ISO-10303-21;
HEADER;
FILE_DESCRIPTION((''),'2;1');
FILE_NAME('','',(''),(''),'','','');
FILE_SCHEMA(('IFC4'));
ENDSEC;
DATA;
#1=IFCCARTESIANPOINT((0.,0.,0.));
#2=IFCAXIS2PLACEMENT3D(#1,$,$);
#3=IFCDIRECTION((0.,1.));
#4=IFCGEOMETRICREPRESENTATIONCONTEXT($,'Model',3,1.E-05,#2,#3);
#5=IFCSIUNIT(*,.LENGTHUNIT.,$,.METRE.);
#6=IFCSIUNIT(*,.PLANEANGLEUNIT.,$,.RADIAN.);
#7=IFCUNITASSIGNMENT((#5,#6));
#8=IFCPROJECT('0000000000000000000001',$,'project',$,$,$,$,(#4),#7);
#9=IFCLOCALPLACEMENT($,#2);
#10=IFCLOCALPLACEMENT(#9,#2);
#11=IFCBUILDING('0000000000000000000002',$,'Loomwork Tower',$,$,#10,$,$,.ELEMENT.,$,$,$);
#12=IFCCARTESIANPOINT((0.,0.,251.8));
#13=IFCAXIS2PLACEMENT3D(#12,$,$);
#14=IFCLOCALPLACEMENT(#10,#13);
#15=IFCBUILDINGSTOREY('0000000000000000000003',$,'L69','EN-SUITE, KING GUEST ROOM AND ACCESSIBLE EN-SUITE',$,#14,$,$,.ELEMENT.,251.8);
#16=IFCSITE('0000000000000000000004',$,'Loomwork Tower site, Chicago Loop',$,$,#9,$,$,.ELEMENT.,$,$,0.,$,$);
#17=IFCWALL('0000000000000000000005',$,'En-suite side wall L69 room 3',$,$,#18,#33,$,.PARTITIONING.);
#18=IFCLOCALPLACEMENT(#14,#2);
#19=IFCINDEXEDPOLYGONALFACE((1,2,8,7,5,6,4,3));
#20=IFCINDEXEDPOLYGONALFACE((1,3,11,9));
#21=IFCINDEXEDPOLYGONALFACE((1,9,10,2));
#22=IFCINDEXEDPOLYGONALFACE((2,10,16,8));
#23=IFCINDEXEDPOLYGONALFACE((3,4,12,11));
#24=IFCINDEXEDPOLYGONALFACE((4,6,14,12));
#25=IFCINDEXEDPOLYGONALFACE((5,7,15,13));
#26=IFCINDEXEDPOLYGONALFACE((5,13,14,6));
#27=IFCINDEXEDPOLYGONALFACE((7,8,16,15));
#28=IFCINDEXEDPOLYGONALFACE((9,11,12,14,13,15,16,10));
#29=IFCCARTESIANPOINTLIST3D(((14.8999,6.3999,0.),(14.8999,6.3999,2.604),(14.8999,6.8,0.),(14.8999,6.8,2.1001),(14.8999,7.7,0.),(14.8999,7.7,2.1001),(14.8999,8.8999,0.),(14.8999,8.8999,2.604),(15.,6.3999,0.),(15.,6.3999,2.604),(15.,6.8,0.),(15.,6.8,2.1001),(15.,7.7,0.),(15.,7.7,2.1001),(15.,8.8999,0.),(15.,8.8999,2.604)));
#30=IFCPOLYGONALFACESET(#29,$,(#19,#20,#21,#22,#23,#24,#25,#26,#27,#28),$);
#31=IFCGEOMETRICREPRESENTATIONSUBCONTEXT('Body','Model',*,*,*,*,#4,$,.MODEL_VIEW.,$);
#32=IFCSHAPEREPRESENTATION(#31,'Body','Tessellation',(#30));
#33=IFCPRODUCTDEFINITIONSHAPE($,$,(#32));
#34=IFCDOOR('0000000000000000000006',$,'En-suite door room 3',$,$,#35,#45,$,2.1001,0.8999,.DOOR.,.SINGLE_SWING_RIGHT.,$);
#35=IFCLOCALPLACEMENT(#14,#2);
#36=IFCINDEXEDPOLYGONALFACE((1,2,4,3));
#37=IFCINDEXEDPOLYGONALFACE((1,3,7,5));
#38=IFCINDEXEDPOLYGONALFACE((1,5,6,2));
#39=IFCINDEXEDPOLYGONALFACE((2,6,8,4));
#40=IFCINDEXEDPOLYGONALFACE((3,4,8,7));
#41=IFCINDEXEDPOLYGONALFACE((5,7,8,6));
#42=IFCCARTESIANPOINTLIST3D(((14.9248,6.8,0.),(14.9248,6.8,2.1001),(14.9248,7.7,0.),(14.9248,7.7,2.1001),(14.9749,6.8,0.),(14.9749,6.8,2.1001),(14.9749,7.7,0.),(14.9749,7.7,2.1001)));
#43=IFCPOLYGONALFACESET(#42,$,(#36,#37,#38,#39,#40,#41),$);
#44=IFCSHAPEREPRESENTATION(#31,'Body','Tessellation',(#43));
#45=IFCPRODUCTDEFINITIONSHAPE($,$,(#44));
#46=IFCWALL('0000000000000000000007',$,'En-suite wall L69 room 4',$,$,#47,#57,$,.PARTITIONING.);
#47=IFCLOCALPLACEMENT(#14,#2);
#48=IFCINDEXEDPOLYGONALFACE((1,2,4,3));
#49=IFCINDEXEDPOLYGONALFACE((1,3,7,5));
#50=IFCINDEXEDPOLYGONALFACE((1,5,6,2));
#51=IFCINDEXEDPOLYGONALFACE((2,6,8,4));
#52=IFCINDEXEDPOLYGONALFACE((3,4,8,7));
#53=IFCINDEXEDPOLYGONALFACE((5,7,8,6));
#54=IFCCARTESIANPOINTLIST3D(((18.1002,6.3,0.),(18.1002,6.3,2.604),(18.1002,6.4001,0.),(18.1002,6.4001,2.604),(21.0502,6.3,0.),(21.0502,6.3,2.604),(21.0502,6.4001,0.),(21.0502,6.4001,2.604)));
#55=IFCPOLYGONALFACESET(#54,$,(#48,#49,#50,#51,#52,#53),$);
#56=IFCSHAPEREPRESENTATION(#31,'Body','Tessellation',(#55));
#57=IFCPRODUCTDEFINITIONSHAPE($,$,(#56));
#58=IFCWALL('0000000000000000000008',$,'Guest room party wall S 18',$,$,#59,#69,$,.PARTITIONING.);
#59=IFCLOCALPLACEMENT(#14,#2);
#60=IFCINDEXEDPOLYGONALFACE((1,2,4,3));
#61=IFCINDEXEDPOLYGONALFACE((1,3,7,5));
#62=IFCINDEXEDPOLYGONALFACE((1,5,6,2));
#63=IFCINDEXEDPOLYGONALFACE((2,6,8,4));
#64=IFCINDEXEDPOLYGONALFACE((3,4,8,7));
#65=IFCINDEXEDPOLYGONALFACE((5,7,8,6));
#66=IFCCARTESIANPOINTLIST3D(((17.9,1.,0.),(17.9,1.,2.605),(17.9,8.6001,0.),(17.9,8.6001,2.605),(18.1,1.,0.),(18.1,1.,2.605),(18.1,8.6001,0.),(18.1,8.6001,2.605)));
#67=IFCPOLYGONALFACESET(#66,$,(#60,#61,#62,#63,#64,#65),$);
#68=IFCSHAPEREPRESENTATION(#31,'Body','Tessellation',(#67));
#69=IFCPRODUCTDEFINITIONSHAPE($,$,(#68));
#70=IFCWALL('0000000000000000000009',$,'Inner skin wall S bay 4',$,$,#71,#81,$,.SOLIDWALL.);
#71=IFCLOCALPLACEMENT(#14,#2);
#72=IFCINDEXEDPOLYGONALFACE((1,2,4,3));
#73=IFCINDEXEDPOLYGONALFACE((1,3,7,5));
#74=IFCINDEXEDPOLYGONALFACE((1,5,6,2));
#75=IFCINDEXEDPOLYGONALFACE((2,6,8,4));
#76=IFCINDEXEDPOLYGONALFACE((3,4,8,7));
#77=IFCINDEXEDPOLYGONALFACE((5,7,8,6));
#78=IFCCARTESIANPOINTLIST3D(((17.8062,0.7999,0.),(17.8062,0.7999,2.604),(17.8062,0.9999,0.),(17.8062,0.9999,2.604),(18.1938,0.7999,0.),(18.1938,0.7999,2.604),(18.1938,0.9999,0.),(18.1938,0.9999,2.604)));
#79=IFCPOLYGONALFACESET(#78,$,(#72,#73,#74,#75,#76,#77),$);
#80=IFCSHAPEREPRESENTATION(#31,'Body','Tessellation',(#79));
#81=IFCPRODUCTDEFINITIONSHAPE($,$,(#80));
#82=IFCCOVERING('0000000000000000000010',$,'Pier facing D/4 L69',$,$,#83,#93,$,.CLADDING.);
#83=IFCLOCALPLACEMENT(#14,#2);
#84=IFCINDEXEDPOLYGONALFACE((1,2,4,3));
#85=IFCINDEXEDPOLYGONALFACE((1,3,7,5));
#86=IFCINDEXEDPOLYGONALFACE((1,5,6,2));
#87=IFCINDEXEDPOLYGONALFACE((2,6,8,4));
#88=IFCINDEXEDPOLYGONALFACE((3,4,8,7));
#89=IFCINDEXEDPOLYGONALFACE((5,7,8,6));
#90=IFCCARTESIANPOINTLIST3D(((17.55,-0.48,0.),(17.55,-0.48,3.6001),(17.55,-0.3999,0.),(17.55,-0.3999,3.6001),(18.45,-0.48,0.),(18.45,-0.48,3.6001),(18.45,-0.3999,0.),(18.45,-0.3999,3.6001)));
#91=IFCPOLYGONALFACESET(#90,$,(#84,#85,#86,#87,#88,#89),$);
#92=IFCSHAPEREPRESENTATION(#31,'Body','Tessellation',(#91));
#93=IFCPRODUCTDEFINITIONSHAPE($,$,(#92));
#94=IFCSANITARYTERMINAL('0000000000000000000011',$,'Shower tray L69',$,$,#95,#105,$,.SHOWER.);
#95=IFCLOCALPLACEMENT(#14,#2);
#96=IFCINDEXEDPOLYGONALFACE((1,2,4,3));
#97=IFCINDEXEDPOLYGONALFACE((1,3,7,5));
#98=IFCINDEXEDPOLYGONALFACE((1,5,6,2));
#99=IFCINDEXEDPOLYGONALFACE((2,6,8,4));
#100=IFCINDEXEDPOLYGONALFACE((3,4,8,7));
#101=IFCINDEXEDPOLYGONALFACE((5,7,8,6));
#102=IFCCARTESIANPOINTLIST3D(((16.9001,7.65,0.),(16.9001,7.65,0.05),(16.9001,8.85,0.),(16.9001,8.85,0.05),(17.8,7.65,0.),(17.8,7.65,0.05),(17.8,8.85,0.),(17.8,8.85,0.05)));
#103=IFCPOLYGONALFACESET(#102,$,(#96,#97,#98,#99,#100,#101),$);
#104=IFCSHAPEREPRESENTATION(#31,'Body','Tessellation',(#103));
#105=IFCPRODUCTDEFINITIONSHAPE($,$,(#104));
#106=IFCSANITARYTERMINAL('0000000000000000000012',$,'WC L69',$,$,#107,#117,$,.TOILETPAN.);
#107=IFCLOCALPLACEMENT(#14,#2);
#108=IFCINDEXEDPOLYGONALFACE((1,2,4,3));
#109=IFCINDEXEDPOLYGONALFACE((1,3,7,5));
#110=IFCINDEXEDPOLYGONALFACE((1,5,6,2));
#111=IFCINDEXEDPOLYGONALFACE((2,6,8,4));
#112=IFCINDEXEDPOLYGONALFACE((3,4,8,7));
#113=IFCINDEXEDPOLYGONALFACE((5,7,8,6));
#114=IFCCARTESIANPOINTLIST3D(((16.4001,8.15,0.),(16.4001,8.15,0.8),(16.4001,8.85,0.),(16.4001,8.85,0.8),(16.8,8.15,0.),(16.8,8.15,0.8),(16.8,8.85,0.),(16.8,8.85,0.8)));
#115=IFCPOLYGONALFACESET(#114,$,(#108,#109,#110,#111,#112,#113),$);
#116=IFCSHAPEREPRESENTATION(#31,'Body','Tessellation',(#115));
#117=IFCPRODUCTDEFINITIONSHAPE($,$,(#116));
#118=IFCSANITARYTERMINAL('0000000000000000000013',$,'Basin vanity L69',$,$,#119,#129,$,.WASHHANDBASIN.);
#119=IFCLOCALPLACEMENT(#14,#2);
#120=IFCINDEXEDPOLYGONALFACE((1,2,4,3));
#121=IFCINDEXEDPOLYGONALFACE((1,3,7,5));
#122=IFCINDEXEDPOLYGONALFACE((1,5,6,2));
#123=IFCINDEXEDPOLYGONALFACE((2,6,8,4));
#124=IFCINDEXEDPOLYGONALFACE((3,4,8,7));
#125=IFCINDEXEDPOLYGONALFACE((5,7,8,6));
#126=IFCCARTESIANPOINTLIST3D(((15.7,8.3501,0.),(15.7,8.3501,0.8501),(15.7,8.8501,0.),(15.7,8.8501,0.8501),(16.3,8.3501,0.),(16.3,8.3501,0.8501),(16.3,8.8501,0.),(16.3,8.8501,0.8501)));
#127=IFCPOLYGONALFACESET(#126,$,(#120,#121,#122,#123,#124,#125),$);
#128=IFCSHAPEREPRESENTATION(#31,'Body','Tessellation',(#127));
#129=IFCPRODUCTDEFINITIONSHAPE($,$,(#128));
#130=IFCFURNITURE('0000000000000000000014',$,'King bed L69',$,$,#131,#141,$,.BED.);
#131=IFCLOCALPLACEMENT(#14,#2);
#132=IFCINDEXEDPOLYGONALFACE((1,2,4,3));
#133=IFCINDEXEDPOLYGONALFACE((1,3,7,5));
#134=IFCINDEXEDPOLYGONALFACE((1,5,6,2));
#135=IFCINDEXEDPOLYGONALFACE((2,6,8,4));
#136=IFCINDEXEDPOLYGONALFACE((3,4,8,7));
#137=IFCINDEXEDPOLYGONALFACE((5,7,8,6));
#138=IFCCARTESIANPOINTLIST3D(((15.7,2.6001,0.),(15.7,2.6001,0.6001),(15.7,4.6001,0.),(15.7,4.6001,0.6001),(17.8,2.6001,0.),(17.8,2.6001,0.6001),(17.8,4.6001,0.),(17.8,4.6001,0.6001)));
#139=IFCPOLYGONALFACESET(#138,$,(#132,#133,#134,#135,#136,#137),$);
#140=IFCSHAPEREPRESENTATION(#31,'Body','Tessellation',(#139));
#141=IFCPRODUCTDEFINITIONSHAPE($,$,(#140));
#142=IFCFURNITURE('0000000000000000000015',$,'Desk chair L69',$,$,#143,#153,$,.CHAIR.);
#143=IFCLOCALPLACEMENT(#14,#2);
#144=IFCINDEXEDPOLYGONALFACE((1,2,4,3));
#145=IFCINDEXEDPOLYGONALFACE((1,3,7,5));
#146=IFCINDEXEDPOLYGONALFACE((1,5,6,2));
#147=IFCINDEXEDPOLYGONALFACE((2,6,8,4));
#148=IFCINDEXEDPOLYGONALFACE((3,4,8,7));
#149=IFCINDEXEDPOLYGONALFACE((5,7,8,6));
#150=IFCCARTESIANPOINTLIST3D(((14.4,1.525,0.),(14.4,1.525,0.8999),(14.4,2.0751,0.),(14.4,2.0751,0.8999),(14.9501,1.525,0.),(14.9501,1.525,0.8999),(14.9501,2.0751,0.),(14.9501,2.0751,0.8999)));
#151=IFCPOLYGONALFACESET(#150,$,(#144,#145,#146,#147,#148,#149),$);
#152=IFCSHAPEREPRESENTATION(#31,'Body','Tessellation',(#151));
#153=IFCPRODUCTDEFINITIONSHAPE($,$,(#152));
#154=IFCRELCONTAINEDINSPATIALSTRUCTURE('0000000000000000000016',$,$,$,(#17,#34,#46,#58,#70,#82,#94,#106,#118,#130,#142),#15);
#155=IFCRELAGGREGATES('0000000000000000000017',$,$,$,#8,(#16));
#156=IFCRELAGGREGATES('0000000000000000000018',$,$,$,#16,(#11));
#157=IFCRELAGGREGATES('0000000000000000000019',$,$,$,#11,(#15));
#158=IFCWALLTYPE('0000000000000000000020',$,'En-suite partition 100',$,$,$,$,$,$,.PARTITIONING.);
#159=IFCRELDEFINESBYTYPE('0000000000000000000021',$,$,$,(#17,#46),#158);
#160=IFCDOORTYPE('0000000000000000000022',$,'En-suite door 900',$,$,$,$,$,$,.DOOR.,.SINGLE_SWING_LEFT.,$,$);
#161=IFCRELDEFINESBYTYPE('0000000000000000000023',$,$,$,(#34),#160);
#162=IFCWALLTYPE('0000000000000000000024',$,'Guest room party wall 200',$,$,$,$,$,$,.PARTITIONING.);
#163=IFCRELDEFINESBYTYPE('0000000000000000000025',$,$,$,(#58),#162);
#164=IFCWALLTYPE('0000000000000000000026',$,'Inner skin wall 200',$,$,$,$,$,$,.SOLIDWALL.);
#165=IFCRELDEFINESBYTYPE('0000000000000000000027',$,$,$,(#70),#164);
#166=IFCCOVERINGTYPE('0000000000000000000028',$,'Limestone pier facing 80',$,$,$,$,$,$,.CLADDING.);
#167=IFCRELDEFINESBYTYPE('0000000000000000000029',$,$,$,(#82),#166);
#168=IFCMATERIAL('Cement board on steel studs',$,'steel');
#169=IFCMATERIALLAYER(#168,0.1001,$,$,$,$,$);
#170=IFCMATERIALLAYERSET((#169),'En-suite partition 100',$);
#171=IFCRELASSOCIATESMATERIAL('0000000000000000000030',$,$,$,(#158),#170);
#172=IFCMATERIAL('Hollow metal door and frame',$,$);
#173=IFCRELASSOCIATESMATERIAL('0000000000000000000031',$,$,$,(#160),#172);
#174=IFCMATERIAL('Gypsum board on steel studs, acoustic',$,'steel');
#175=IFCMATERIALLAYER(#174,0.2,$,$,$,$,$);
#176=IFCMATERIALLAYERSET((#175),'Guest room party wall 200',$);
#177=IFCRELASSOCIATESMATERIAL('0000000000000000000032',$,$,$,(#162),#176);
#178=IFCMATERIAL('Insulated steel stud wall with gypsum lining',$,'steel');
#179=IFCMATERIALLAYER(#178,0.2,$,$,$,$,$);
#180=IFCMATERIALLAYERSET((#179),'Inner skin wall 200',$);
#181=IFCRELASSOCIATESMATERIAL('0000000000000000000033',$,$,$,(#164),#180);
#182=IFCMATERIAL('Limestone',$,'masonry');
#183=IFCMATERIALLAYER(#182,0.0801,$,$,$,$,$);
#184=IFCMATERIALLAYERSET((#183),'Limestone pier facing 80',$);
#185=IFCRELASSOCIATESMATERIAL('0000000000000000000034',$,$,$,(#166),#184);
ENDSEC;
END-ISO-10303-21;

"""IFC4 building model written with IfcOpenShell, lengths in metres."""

from ifc_helpers import new_model, si_unit, direction, frame, frame_2d, origin, origin_2d, place, context, subcontext, project, spatial, rectangle, extrude, material, layer, layer_set, type_object, element, fill, save


model = new_model("IFC4")

# Units and contexts
model_context = context("Model", 3, precision=1e-05, world=origin(), true_north=direction((0.0, 1.0)))
body_context = subcontext(model_context, "Body", "Model", "MODEL_VIEW")
ifc_project = project(units=[si_unit("LENGTHUNIT", "METRE"), si_unit("PLANEANGLEUNIT", "RADIAN")], contexts=[model_context])

# Site, building, storey
site_placement = place(None, origin())
site = spatial("IfcSite", under=ifc_project, at=site_placement, Name="Loomwork Tower site, Chicago Loop", CompositionType="ELEMENT", RefElevation=0.0)
building_placement = place(site_placement, origin())
building = spatial("IfcBuilding", under=site, at=building_placement, Name="Loomwork Tower", CompositionType="ELEMENT")
storey_placement = place(building_placement, frame((0.0, 0.0, 251.8)))
storey = spatial("IfcBuildingStorey", under=building, at=storey_placement, Name="L69", Description="EN-SUITE, KING GUEST ROOM AND ACCESSIBLE EN-SUITE", CompositionType="ELEMENT", Elevation=251.8)

# Shared definitions
ifc_material_1 = material(Name="Cement board on steel studs", Category="steel")
ifc_layer_1 = layer(ifc_material_1, 0.1001)
ifc_layer_set_1 = layer_set([ifc_layer_1], Name="En-suite partition 100")
wall_type_1 = type_object("IfcWallType", Name="En-suite partition 100", PredefinedType="PARTITIONING", material=ifc_layer_set_1)

# Wall, opening, door
wall_1_placement = place(storey_placement, frame((14.95, 8.8999, 0.0), z_axis=(0.0, 0.0, 1.0), x_axis=(0.0, -1.0, 0.0)))
wall_1 = element("IfcWall", 1, at=wall_1_placement, inside=storey, type_object=wall_type_1, Name="En-suite side wall L69 room 3", PredefinedType="PARTITIONING", context=body_context, shape_type="SweptSolid", body=[
    extrude(rectangle(XDim=2.5, YDim=0.1001, at=frame_2d((1.25, 0.0))), origin(), (0.0, 0.0, 1.0), 2.604),
])
opening_placement = place(wall_1_placement, frame((1.2, 0.0, 0.0)))
opening = element("IfcOpeningElement", 2, at=opening_placement, cuts=wall_1, PredefinedType="OPENING", context=body_context, shape_type="SweptSolid", body=[
    extrude(rectangle(XDim=0.8999, YDim=2.1001, at=frame_2d((0.45, 1.05))), frame((0.0, 0.0601, 0.0), z_axis=(0.0, -1.0, 0.0), x_axis=(1.0, 0.0, 0.0)), (0.0, 0.0, 1.0), 0.1201),
])
ifc_material_2 = material(Name="Hollow metal door and frame")
door_type = type_object("IfcDoorType", Name="En-suite door 900", OperationType="SINGLE_SWING_LEFT", PredefinedType="DOOR", material=ifc_material_2)
door_placement = place(opening_placement, origin())
door = element("IfcDoor", 3, at=door_placement, inside=storey, type_object=door_type, Name="En-suite door room 3", OperationType="SINGLE_SWING_RIGHT", OverallHeight=2.1001, OverallWidth=0.8999, PredefinedType="DOOR", context=body_context, shape_type="SweptSolid", body=[
    extrude(rectangle(XDim=0.8999, YDim=2.1001, at=frame_2d((0.45, 1.05))), frame((0.0, 0.0249, 0.0), z_axis=(0.0, -1.0, 0.0), x_axis=(1.0, 0.0, 0.0)), (0.0, 0.0, 1.0), 0.05),
])
fill(opening, door)

# Walls
wall_2_placement = place(storey_placement, frame((18.1001, 6.3501, 0.0), z_axis=(0.0, 0.0, 1.0), x_axis=(1.0, 0.0, 0.0)))
element("IfcWall", 4, at=wall_2_placement, inside=storey, type_object=wall_type_1, Name="En-suite wall L69 room 4", PredefinedType="PARTITIONING", context=body_context, shape_type="SweptSolid", body=[
    extrude(rectangle(XDim=2.95, YDim=0.1001, at=frame_2d((1.4751, 0.0))), origin(), (0.0, 0.0, 1.0), 2.604),
])
ifc_material_3 = material(Name="Gypsum board on steel studs, acoustic", Category="steel")
ifc_layer_2 = layer(ifc_material_3, 0.2)
ifc_layer_set_2 = layer_set([ifc_layer_2], Name="Guest room party wall 200")
wall_type_2 = type_object("IfcWallType", Name="Guest room party wall 200", PredefinedType="PARTITIONING", material=ifc_layer_set_2)
wall_3_placement = place(storey_placement, frame((18.0, 8.6001, 0.0), z_axis=(0.0, 0.0, 1.0), x_axis=(0.0, -1.0, 0.0)))
element("IfcWall", 5, at=wall_3_placement, inside=storey, type_object=wall_type_2, Name="Guest room party wall S 18", PredefinedType="PARTITIONING", context=body_context, shape_type="SweptSolid", body=[
    extrude(rectangle(XDim=7.6001, YDim=0.2, at=frame_2d((3.8, 0.0))), origin(), (0.0, 0.0, 1.0), 2.605),
])
ifc_material_4 = material(Name="Insulated steel stud wall with gypsum lining", Category="steel")
ifc_layer_3 = layer(ifc_material_4, 0.2)
ifc_layer_set_3 = layer_set([ifc_layer_3], Name="Inner skin wall 200")
wall_type_3 = type_object("IfcWallType", Name="Inner skin wall 200", PredefinedType="SOLIDWALL", material=ifc_layer_set_3)
wall_4_placement = place(storey_placement, frame((17.8062, 0.8999, 0.0), z_axis=(0.0, 0.0, 1.0), x_axis=(1.0, 0.0, 0.0)))
element("IfcWall", 6, at=wall_4_placement, inside=storey, type_object=wall_type_3, Name="Inner skin wall S bay 4", PredefinedType="SOLIDWALL", context=body_context, shape_type="SweptSolid", body=[
    extrude(rectangle(XDim=0.3877, YDim=0.2, at=frame_2d((0.1938, 0.0))), origin(), (0.0, 0.0, 1.0), 2.604),
])

# Covering
ifc_material_5 = material(Name="Limestone", Category="masonry")
ifc_layer_4 = layer(ifc_material_5, 0.0801)
ifc_layer_set_4 = layer_set([ifc_layer_4], Name="Limestone pier facing 80")
covering_type = type_object("IfcCoveringType", Name="Limestone pier facing 80", PredefinedType="CLADDING", material=ifc_layer_set_4)
covering_placement = place(storey_placement, frame((18.0, -0.4399, 0.0), z_axis=(0.0, 0.0, 1.0), x_axis=(1.0, 0.0, 0.0)))
element("IfcCovering", 7, at=covering_placement, inside=storey, type_object=covering_type, Name="Pier facing D/4 L69", PredefinedType="CLADDING", context=body_context, shape_type="SweptSolid", body=[
    extrude(rectangle(XDim=0.8999, YDim=0.0801, at=origin_2d()), origin(), (0.0, 0.0, 1.0), 3.6001),
])

# Sanitary terminals
sanitary_terminal_1_placement = place(storey_placement, frame((17.3501, 8.25, 0.0), z_axis=(0.0, 0.0, 1.0), x_axis=(1.0, 0.0, 0.0)))
element("IfcSanitaryTerminal", 8, at=sanitary_terminal_1_placement, inside=storey, Name="Shower tray L69", PredefinedType="SHOWER", context=body_context, shape_type="SweptSolid", body=[
    extrude(rectangle(XDim=0.8999, YDim=1.2, at=origin_2d()), origin(), (0.0, 0.0, 1.0), 0.05),
])
sanitary_terminal_2_placement = place(storey_placement, frame((16.6001, 8.5, 0.0), z_axis=(0.0, 0.0, 1.0), x_axis=(1.0, 0.0, 0.0)))
element("IfcSanitaryTerminal", 9, at=sanitary_terminal_2_placement, inside=storey, Name="WC L69", PredefinedType="TOILETPAN", context=body_context, shape_type="SweptSolid", body=[
    extrude(rectangle(XDim=0.3999, YDim=0.7, at=origin_2d()), origin(), (0.0, 0.0, 1.0), 0.8),
])
sanitary_terminal_3_placement = place(storey_placement, frame((16.0, 8.6001, 0.0), z_axis=(0.0, 0.0, 1.0), x_axis=(1.0, 0.0, 0.0)))
element("IfcSanitaryTerminal", 10, at=sanitary_terminal_3_placement, inside=storey, Name="Basin vanity L69", PredefinedType="WASHHANDBASIN", context=body_context, shape_type="SweptSolid", body=[
    extrude(rectangle(XDim=0.6001, YDim=0.5, at=origin_2d()), origin(), (0.0, 0.0, 1.0), 0.8501),
])

# Furniture
furniture_1_placement = place(storey_placement, frame((16.75, 3.6001, 0.0), z_axis=(0.0, 0.0, 1.0), x_axis=(1.0, 0.0, 0.0)))
element("IfcFurniture", 11, at=furniture_1_placement, inside=storey, Name="King bed L69", PredefinedType="BED", context=body_context, shape_type="SweptSolid", body=[
    extrude(rectangle(XDim=2.1001, YDim=2.0, at=origin_2d()), origin(), (0.0, 0.0, 1.0), 0.6001),
])
furniture_2_placement = place(storey_placement, frame((14.675, 1.8, 0.0), z_axis=(0.0, 0.0, 1.0), x_axis=(1.0, 0.0, 0.0)))
element("IfcFurniture", 12, at=furniture_2_placement, inside=storey, Name="Desk chair L69", PredefinedType="CHAIR", context=body_context, shape_type="SweptSolid", body=[
    extrude(rectangle(XDim=0.55, YDim=0.55, at=origin_2d()), origin(), (0.0, 0.0, 1.0), 0.8999),
])

save(model, "model.ifc")
